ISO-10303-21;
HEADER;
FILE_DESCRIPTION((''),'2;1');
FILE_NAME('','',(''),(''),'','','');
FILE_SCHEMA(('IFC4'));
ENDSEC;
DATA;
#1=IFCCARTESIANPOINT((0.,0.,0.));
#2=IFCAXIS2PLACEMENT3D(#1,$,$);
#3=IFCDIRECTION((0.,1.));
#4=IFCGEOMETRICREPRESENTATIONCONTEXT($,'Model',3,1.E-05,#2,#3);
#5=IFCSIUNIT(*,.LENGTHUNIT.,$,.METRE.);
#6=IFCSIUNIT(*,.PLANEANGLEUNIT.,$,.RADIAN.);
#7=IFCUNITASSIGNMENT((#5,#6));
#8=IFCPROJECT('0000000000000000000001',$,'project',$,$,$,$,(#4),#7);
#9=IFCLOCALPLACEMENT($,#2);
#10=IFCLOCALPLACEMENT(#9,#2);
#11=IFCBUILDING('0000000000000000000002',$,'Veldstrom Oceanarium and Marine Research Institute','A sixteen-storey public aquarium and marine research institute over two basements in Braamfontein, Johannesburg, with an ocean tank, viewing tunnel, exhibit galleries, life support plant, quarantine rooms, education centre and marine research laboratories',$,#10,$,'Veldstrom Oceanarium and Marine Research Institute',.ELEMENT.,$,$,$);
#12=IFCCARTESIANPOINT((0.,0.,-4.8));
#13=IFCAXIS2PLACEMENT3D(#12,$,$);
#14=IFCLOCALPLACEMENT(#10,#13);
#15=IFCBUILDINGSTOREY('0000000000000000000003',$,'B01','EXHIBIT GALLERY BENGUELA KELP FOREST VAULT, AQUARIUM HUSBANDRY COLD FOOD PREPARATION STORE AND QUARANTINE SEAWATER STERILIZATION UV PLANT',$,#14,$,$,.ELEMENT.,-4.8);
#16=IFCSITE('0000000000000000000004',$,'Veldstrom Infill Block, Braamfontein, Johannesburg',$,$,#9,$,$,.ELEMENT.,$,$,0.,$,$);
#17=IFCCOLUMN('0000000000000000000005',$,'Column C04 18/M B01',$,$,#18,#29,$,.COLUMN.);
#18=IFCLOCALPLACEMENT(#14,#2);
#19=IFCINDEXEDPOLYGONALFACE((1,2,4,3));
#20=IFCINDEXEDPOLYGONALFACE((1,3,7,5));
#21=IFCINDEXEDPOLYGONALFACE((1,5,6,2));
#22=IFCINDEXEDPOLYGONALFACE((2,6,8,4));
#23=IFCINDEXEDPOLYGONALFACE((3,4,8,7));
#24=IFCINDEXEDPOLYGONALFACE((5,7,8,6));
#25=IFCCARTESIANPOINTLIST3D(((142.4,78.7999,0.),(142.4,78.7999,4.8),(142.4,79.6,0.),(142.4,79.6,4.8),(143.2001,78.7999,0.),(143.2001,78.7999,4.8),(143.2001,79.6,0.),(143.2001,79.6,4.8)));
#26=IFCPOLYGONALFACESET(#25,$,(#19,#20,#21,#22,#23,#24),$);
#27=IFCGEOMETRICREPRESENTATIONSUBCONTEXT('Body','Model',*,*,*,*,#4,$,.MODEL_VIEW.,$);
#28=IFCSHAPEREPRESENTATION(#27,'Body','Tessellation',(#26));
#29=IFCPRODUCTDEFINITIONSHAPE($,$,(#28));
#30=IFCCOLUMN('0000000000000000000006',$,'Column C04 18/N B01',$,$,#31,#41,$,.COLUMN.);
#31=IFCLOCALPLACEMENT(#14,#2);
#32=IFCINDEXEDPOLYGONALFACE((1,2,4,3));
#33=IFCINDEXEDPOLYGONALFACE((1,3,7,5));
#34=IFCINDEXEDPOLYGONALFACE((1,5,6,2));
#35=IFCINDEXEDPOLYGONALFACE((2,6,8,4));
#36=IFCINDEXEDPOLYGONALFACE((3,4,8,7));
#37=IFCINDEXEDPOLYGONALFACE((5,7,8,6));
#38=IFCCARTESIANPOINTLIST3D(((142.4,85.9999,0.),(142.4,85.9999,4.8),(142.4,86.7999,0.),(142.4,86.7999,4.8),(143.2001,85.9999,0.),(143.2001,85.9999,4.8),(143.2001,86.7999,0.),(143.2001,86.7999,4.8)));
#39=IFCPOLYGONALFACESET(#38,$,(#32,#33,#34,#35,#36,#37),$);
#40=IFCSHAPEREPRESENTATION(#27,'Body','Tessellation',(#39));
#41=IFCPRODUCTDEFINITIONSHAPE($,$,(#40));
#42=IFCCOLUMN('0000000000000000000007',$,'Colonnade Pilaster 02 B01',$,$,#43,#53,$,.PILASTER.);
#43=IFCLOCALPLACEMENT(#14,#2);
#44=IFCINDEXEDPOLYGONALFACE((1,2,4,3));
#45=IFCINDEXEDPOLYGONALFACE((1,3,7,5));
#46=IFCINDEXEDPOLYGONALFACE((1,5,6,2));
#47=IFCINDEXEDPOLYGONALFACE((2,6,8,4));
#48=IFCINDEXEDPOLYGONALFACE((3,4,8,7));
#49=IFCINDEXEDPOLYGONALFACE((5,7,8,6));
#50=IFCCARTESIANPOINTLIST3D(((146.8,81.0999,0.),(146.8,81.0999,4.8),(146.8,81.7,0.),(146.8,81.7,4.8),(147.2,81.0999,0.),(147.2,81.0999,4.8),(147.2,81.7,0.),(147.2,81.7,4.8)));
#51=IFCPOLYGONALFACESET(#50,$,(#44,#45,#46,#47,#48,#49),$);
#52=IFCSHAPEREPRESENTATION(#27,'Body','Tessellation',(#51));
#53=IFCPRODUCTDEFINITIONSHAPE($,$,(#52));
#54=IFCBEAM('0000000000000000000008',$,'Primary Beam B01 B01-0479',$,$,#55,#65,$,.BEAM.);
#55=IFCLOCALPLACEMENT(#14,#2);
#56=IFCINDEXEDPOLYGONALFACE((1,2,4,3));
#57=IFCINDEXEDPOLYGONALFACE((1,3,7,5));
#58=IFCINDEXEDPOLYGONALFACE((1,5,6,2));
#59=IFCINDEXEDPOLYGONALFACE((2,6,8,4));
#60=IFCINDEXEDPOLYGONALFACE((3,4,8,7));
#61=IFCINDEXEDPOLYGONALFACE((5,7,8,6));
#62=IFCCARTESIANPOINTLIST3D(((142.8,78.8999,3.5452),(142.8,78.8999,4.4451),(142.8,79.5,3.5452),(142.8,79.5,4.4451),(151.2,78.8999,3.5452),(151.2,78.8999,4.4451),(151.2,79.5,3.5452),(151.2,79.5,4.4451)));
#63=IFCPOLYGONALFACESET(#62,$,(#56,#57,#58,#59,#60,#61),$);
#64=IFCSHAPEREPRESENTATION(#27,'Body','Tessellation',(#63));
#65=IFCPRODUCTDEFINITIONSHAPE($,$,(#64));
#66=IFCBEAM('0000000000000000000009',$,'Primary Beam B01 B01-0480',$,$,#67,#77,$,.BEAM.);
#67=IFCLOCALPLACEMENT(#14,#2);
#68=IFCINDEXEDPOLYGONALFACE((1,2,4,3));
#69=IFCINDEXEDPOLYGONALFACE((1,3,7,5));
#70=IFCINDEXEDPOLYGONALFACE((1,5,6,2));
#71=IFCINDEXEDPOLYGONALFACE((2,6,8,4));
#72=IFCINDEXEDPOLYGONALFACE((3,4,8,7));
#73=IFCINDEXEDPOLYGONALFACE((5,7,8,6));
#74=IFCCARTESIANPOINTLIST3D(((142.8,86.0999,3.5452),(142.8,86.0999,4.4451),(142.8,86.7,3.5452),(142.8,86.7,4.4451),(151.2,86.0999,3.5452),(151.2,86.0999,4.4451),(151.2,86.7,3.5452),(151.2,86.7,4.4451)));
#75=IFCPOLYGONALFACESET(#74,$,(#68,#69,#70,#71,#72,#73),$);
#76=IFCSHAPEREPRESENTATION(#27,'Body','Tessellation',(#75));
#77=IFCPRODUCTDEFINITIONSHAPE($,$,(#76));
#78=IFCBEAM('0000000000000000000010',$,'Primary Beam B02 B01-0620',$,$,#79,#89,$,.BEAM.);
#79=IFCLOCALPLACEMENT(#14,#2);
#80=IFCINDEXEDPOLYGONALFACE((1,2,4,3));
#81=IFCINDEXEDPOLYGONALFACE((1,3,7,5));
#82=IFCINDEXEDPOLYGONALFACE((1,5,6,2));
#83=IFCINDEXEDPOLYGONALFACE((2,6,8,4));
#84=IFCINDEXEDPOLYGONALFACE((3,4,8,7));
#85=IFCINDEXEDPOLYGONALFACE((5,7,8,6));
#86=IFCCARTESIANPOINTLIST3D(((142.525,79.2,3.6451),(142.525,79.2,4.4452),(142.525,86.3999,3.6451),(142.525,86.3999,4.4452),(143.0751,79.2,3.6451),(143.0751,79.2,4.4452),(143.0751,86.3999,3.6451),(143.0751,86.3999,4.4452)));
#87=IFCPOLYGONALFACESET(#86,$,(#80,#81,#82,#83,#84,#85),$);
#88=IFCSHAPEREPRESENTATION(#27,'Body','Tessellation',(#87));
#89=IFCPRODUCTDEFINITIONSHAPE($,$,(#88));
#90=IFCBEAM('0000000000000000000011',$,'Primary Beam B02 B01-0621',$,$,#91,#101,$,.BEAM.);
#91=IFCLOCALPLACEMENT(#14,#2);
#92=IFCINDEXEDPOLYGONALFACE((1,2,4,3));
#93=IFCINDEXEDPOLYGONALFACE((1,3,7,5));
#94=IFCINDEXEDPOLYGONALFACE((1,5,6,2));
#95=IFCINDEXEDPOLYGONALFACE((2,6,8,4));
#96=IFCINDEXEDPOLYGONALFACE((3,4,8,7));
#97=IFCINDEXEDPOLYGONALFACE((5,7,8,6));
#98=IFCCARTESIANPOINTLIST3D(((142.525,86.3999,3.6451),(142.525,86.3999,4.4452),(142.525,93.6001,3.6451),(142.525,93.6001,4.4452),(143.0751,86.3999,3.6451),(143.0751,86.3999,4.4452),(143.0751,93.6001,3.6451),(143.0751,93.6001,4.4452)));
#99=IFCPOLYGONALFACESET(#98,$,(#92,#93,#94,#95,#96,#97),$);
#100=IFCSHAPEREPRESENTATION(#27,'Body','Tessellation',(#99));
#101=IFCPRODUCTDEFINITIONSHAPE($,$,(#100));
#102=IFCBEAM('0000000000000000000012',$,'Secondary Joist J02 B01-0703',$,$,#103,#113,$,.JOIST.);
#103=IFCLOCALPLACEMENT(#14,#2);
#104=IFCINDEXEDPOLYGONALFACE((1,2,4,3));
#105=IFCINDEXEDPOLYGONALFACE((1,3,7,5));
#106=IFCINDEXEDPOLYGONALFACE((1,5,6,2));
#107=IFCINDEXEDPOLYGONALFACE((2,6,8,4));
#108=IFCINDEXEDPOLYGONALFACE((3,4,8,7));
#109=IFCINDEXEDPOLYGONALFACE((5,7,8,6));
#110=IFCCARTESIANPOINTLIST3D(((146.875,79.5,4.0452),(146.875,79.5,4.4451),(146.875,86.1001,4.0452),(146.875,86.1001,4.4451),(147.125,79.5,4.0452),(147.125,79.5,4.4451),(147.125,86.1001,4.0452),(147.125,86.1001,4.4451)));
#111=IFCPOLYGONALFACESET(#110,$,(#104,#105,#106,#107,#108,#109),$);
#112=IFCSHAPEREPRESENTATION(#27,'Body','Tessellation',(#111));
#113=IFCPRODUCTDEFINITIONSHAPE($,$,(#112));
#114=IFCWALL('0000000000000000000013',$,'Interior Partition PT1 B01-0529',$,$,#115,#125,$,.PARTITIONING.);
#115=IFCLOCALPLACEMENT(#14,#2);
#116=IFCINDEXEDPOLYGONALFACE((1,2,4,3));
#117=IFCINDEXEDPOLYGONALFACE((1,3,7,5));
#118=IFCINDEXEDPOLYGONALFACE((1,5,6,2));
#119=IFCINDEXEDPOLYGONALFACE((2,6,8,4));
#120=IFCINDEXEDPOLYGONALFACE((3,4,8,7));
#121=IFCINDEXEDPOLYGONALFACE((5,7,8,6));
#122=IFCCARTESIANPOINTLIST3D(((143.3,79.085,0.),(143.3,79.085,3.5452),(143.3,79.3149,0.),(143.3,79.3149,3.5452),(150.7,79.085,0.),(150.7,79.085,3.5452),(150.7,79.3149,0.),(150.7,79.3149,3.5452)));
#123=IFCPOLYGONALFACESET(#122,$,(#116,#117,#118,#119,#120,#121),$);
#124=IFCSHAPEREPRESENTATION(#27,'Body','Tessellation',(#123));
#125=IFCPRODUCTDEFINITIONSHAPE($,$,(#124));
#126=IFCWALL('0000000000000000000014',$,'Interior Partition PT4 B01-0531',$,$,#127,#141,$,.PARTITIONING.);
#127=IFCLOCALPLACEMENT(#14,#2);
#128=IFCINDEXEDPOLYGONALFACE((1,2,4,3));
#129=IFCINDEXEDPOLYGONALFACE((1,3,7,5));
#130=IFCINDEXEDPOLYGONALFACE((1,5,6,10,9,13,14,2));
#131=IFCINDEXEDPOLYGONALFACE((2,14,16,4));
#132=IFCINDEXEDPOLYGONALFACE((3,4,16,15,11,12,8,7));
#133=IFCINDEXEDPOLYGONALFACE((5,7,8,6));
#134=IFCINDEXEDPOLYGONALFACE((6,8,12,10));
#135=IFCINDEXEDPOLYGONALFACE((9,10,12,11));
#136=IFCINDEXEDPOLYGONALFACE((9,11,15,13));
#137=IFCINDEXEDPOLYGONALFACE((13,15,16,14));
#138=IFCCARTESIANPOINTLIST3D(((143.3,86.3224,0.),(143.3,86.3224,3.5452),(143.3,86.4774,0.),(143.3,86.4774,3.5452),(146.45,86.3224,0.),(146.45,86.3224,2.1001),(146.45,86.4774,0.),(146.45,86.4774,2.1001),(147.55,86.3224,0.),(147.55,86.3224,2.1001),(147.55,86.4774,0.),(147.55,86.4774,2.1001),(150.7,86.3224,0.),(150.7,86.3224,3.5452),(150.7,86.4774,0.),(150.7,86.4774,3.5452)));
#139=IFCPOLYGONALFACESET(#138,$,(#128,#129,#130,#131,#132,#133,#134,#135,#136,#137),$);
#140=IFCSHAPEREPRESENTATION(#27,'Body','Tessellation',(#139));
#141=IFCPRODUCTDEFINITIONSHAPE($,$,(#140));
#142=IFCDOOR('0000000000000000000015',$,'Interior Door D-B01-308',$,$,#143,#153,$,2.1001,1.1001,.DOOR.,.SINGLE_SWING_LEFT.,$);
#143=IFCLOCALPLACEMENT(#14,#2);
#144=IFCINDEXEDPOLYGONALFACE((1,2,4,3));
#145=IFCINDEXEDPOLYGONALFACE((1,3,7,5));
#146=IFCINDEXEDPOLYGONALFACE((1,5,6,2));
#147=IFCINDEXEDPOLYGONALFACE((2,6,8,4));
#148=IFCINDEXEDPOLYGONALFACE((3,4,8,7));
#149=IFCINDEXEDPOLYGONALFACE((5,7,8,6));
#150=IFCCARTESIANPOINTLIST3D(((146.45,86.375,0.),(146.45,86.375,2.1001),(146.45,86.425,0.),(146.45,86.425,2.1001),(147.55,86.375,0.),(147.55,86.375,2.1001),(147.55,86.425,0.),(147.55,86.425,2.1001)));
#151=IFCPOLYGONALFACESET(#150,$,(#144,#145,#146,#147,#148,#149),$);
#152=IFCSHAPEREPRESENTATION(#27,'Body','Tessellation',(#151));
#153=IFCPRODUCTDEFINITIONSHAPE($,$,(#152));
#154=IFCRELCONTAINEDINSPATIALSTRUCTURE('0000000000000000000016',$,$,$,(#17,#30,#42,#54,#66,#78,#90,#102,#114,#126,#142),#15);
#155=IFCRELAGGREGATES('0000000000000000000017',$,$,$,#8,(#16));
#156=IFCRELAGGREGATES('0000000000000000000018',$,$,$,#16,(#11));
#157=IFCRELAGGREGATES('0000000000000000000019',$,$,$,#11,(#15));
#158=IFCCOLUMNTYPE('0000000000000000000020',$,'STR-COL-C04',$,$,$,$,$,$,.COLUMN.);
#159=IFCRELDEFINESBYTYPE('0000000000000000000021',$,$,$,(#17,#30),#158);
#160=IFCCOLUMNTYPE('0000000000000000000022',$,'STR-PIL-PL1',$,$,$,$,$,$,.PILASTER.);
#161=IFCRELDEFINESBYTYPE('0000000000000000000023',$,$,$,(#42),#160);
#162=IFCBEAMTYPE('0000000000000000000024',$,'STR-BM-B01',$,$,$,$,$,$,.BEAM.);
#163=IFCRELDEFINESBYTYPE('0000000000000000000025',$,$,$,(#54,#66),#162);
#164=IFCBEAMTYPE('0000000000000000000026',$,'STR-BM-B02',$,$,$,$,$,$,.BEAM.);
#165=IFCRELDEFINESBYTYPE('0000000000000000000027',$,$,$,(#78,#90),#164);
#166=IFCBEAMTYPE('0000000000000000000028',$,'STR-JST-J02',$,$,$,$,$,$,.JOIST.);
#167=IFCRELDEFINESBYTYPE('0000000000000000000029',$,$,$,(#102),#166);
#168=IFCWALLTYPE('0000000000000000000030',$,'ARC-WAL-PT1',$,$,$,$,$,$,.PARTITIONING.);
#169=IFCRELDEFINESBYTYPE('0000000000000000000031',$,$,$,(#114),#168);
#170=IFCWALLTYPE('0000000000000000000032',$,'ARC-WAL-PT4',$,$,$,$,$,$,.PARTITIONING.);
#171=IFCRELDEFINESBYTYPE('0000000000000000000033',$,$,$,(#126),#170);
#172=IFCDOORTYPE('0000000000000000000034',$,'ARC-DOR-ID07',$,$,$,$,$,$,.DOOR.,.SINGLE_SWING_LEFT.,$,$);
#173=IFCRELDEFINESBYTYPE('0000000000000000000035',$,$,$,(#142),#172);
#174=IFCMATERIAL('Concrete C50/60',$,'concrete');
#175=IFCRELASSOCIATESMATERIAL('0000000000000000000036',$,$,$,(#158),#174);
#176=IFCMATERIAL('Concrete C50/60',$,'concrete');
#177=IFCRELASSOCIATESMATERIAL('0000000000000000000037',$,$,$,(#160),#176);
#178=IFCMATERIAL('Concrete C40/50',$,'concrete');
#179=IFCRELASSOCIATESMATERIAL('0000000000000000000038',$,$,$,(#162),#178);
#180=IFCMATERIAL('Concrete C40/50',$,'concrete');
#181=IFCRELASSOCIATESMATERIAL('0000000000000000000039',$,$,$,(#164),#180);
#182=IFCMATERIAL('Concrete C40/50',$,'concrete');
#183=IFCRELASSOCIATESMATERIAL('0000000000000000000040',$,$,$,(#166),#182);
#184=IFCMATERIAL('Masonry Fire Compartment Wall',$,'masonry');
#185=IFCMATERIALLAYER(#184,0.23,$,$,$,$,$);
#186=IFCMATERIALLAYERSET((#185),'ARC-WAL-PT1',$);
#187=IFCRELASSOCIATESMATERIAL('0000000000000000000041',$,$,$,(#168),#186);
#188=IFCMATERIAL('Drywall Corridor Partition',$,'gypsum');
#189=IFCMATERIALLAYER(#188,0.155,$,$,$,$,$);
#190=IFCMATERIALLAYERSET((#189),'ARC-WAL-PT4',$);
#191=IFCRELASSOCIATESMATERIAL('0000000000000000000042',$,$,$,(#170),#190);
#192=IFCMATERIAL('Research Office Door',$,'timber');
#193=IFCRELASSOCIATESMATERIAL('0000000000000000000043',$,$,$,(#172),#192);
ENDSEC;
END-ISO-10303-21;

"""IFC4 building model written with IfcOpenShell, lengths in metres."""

from ifc_helpers import new_model, si_unit, direction, frame, frame_2d, origin, origin_2d, place, context, subcontext, project, spatial, rectangle, extrude, material, layer, layer_set, material_profile, profile_set, type_object, element, fill, save


model = new_model("IFC4")

# Units and contexts
model_context = context("Model", 3, precision=1e-05, world=origin(), true_north=direction((0.0, 1.0)))
body_context = subcontext(model_context, "Body", "Model", "MODEL_VIEW")
ifc_project = project(units=[si_unit("LENGTHUNIT", "METRE"), si_unit("PLANEANGLEUNIT", "RADIAN")], contexts=[model_context])

# Site, building, storey
site_placement = place(None, origin())
site = spatial("IfcSite", under=ifc_project, at=site_placement, Name="Veldstrom Infill Block, Braamfontein, Johannesburg", CompositionType="ELEMENT", RefElevation=0.0)
building_placement = place(site_placement, origin())
building = spatial("IfcBuilding", under=site, at=building_placement, Name="Veldstrom Oceanarium and Marine Research Institute", Description="A sixteen-storey public aquarium and marine research institute over two basements in Braamfontein, Johannesburg, with an ocean tank, viewing tunnel, exhibit galleries, life support plant, quarantine rooms, education centre and marine research laboratories", LongName="Veldstrom Oceanarium and Marine Research Institute", CompositionType="ELEMENT")
storey_placement = place(building_placement, frame((0.0, 0.0, -4.8)))
storey = spatial("IfcBuildingStorey", under=building, at=storey_placement, Name="B01", Description="EXHIBIT GALLERY BENGUELA KELP FOREST VAULT, AQUARIUM HUSBANDRY COLD FOOD PREPARATION STORE AND QUARANTINE SEAWATER STERILIZATION UV PLANT", CompositionType="ELEMENT", Elevation=-4.8)

# Columns
ifc_material_1 = material(Name="Concrete C50/60", Category="concrete")
ifc_material_profile_1 = material_profile(ifc_material_1, rectangle(XDim=0.8, YDim=0.8, at=origin_2d()), Name="RC-COL-800x800")
ifc_profile_set_1 = profile_set([ifc_material_profile_1], Name="Concrete C50/60")
column_type_1 = type_object("IfcColumnType", Name="STR-COL-C04", PredefinedType="COLUMN", material=ifc_profile_set_1)
for number, where, z_axis, x_axis, name in (
    (1, (142.8, 79.2, 0.0), (0.0, 0.0, 1.0), (1.0, 0.0, 0.0), "Column C04 18/M B01"),
    (2, (142.8, 86.3999, 0.0), (0.0, 0.0, 1.0), (1.0, 0.0, 0.0), "Column C04 18/N B01"),
):
    element("IfcColumn", number, at=place(storey_placement, frame(where, z_axis=z_axis, x_axis=x_axis)), inside=storey, type_object=column_type_1, Name=name, PredefinedType="COLUMN", context=body_context, shape_type="SweptSolid", body=[
        extrude(rectangle(XDim=0.8, YDim=0.8, at=origin_2d()), origin(), (0.0, 0.0, 1.0), 4.8),
    ])
ifc_material_2 = material(Name="Concrete C50/60", Category="concrete")
ifc_material_profile_2 = material_profile(ifc_material_2, rectangle(XDim=0.3999, YDim=0.6001, at=origin_2d()), Name="RC-PIL-600x400")
ifc_profile_set_2 = profile_set([ifc_material_profile_2], Name="Concrete C50/60")
column_type_2 = type_object("IfcColumnType", Name="STR-PIL-PL1", PredefinedType="PILASTER", material=ifc_profile_set_2)
column_placement = place(storey_placement, frame((147.0, 81.3999, 0.0), z_axis=(0.0, 0.0, 1.0), x_axis=(1.0, 0.0, 0.0)))
element("IfcColumn", 3, at=column_placement, inside=storey, type_object=column_type_2, Name="Colonnade Pilaster 02 B01", PredefinedType="PILASTER", context=body_context, shape_type="SweptSolid", body=[
    extrude(rectangle(XDim=0.3999, YDim=0.6001, at=origin_2d()), origin(), (0.0, 0.0, 1.0), 4.8),
])

# Beams
ifc_material_3 = material(Name="Concrete C40/50", Category="concrete")
ifc_material_profile_3 = material_profile(ifc_material_3, rectangle(XDim=0.6001, YDim=0.8999, at=origin_2d()), Name="RC-BM-600x900")
ifc_profile_set_3 = profile_set([ifc_material_profile_3], Name="Concrete C40/50")
beam_type_1 = type_object("IfcBeamType", Name="STR-BM-B01", PredefinedType="BEAM", material=ifc_profile_set_3)
for number, where, z_axis, x_axis, name in (
    (4, (142.8, 79.2, 3.9951), (1.0, 0.0, 0.0), (0.0, 1.0, 0.0), "Primary Beam B01 B01-0479"),
    (5, (142.8, 86.3999, 3.9951), (1.0, 0.0, 0.0), (0.0, 1.0, 0.0), "Primary Beam B01 B01-0480"),
):
    element("IfcBeam", number, at=place(storey_placement, frame(where, z_axis=z_axis, x_axis=x_axis)), inside=storey, type_object=beam_type_1, Name=name, PredefinedType="BEAM", context=body_context, shape_type="SweptSolid", body=[
        extrude(rectangle(XDim=0.6001, YDim=0.8999, at=origin_2d()), origin(), (0.0, 0.0, 1.0), 8.3999),
    ])
ifc_material_4 = material(Name="Concrete C40/50", Category="concrete")
ifc_material_profile_4 = material_profile(ifc_material_4, rectangle(XDim=0.55, YDim=0.8, at=origin_2d()), Name="RC-BM-550x800")
ifc_profile_set_4 = profile_set([ifc_material_profile_4], Name="Concrete C40/50")
beam_type_2 = type_object("IfcBeamType", Name="STR-BM-B02", PredefinedType="BEAM", material=ifc_profile_set_4)
beam_1_placement = place(storey_placement, frame((142.8, 79.2, 4.0452), z_axis=(0.0, 1.0, 0.0), x_axis=(-1.0, 0.0, 0.0)))
element("IfcBeam", 6, at=beam_1_placement, inside=storey, type_object=beam_type_2, Name="Primary Beam B02 B01-0620", PredefinedType="BEAM", context=body_context, shape_type="SweptSolid", body=[
    extrude(rectangle(XDim=0.55, YDim=0.8, at=origin_2d()), origin(), (0.0, 0.0, 1.0), 7.2),
])
beam_2_placement = place(storey_placement, frame((142.8, 86.3999, 4.0452), z_axis=(0.0, 1.0, 0.0), x_axis=(-1.0, 0.0, 0.0)))
element("IfcBeam", 7, at=beam_2_placement, inside=storey, type_object=beam_type_2, Name="Primary Beam B02 B01-0621", PredefinedType="BEAM", context=body_context, shape_type="SweptSolid", body=[
    extrude(rectangle(XDim=0.55, YDim=0.8, at=origin_2d()), origin(), (0.0, 0.0, 1.0), 7.2002),
])
ifc_material_5 = material(Name="Concrete C40/50", Category="concrete")
ifc_material_profile_5 = material_profile(ifc_material_5, rectangle(XDim=0.25, YDim=0.3999, at=origin_2d()), Name="RC-JST-250x400")
ifc_profile_set_5 = profile_set([ifc_material_profile_5], Name="Concrete C40/50")
beam_type_3 = type_object("IfcBeamType", Name="STR-JST-J02", PredefinedType="JOIST", material=ifc_profile_set_5)
beam_3_placement = place(storey_placement, frame((147.0, 79.5, 4.2451), z_axis=(0.0, 1.0, 0.0), x_axis=(-1.0, 0.0, 0.0)))
element("IfcBeam", 8, at=beam_3_placement, inside=storey, type_object=beam_type_3, Name="Secondary Joist J02 B01-0703", PredefinedType="JOIST", context=body_context, shape_type="SweptSolid", body=[
    extrude(rectangle(XDim=0.25, YDim=0.3999, at=origin_2d()), origin(), (0.0, 0.0, 1.0), 6.6001),
])

# Wall
ifc_material_6 = material(Name="Masonry Fire Compartment Wall", Category="masonry")
ifc_layer_1 = layer(ifc_material_6, 0.23)
ifc_layer_set_1 = layer_set([ifc_layer_1], Name="ARC-WAL-PT1")
wall_type_1 = type_object("IfcWallType", Name="ARC-WAL-PT1", PredefinedType="PARTITIONING", material=ifc_layer_set_1)
wall_1_placement = place(storey_placement, frame((143.3, 79.2, 0.0), z_axis=(0.0, 0.0, 1.0), x_axis=(1.0, 0.0, 0.0)))
element("IfcWall", 9, at=wall_1_placement, inside=storey, type_object=wall_type_1, Name="Interior Partition PT1 B01-0529", PredefinedType="PARTITIONING", context=body_context, shape_type="SweptSolid", body=[
    extrude(rectangle(XDim=7.3999, YDim=0.23, at=frame_2d((3.7, 0.0))), origin(), (0.0, 0.0, 1.0), 3.5452),
])

# Wall, opening, door
ifc_material_7 = material(Name="Drywall Corridor Partition", Category="gypsum")
ifc_layer_2 = layer(ifc_material_7, 0.155)
ifc_layer_set_2 = layer_set([ifc_layer_2], Name="ARC-WAL-PT4")
wall_type_2 = type_object("IfcWallType", Name="ARC-WAL-PT4", PredefinedType="PARTITIONING", material=ifc_layer_set_2)
wall_2_placement = place(storey_placement, frame((143.3, 86.3999, 0.0), z_axis=(0.0, 0.0, 1.0), x_axis=(1.0, 0.0, 0.0)))
wall_2 = element("IfcWall", 10, at=wall_2_placement, inside=storey, type_object=wall_type_2, Name="Interior Partition PT4 B01-0531", PredefinedType="PARTITIONING", context=body_context, shape_type="SweptSolid", body=[
    extrude(rectangle(XDim=7.3999, YDim=0.155, at=frame_2d((3.7, 0.0))), origin(), (0.0, 0.0, 1.0), 3.5452),
])
opening_1_placement = place(wall_2_placement, frame((3.1499, 0.0, 0.0)))
opening_1 = element("IfcOpeningElement", 11, at=opening_1_placement, cuts=wall_2, PredefinedType="OPENING", context=body_context, shape_type="SweptSolid", body=[
    extrude(rectangle(XDim=1.1001, YDim=2.1001, at=frame_2d((0.55, 1.05))), frame((0.0, 0.0874, 0.0), z_axis=(0.0, -1.0, 0.0), x_axis=(1.0, 0.0, 0.0)), (0.0, 0.0, 1.0), 0.175),
])
ifc_material_8 = material(Name="Research Office Door", Category="timber")
door_type_1 = type_object("IfcDoorType", Name="ARC-DOR-ID07", OperationType="SINGLE_SWING_LEFT", PredefinedType="DOOR", material=ifc_material_8)
door_1_placement = place(opening_1_placement, frame((1.1001, 0.0, 0.0), z_axis=(0.0, 0.0, 1.0), x_axis=(-1.0, 0.0, 0.0)))
door_1 = element("IfcDoor", 12, at=door_1_placement, inside=storey, type_object=door_type_1, Name="Interior Door D-B01-308", OperationType="SINGLE_SWING_LEFT", OverallHeight=2.1001, OverallWidth=1.1001, PredefinedType="DOOR", context=body_context, shape_type="SweptSolid", body=[
    extrude(rectangle(XDim=1.1001, YDim=2.1001, at=frame_2d((0.55, 1.05))), frame((0.0, 0.0249, 0.0), z_axis=(0.0, -1.0, 0.0), x_axis=(1.0, 0.0, 0.0)), (0.0, 0.0, 1.0), 0.05),
])
fill(opening_1, door_1)

save(model, "model.ifc")
